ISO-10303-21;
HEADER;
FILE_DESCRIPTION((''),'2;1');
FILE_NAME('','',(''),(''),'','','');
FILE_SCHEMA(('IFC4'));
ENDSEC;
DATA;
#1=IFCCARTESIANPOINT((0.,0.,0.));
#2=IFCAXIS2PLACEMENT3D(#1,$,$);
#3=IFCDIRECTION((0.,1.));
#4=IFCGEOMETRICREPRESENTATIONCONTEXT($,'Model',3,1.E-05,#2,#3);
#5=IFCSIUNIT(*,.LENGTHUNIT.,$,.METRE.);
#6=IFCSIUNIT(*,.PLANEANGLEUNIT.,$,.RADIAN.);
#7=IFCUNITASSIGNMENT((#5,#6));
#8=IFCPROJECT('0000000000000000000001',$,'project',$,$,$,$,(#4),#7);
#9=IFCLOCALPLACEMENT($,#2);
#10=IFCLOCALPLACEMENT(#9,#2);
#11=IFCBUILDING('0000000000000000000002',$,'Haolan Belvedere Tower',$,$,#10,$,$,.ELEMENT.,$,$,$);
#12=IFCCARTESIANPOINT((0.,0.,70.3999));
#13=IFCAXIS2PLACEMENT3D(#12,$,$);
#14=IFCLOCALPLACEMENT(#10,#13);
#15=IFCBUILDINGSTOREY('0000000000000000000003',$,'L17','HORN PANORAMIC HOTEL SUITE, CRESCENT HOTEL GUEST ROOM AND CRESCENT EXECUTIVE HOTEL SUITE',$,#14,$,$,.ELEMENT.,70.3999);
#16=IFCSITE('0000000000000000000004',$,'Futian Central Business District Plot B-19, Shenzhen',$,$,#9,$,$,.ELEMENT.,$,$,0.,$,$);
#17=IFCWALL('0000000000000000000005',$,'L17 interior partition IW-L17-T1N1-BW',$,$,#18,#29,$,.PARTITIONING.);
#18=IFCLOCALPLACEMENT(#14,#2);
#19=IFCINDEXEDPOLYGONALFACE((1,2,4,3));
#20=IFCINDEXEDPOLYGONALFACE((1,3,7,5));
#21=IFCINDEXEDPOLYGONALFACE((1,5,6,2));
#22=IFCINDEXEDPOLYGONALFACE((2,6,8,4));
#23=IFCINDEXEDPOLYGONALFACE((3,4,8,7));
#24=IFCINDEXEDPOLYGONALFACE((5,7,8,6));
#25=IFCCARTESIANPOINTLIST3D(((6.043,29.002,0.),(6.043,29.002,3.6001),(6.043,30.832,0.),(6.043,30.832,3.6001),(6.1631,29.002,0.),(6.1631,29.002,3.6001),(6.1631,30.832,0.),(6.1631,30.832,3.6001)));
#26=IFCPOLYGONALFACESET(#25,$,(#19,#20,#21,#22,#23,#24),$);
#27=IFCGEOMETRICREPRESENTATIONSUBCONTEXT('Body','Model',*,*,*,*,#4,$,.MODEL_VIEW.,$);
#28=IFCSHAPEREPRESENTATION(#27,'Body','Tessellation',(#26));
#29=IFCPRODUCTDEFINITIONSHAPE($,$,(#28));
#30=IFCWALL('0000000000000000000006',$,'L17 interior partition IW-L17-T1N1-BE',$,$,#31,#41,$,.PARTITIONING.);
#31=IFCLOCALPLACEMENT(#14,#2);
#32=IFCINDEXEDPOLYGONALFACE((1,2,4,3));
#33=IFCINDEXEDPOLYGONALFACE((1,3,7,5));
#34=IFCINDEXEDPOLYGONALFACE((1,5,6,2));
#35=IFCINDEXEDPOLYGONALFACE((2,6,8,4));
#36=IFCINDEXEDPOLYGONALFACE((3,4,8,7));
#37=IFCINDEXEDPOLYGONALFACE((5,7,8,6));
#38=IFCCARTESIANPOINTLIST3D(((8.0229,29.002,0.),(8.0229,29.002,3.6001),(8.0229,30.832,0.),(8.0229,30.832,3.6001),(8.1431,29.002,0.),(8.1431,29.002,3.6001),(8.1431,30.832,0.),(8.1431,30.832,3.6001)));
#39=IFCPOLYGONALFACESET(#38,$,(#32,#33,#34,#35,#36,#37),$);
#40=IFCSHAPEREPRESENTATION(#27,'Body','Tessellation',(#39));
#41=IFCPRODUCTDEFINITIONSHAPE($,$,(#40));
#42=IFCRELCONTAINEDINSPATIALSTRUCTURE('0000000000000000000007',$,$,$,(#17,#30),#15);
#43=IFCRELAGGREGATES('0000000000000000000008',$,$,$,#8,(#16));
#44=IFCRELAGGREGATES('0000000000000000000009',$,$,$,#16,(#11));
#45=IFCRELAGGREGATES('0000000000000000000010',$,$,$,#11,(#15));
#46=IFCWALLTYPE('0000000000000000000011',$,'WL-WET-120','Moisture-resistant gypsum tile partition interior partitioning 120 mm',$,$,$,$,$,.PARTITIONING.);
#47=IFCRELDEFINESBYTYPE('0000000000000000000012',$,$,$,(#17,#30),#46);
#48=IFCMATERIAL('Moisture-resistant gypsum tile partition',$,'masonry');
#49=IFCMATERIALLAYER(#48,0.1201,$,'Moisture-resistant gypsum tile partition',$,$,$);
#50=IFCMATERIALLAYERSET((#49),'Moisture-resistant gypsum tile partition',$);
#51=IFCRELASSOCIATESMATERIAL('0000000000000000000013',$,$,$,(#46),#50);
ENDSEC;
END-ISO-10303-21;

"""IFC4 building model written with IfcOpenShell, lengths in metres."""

from ifc_helpers import new_model, si_unit, direction, frame, frame_2d, origin, place, context, subcontext, project, spatial, rectangle, extrude, material, layer, layer_set, type_object, element, save


model = new_model("IFC4")

# Units and contexts
model_context = context("Model", 3, precision=1e-05, world=origin(), true_north=direction((0.0, 1.0)))
body_context = subcontext(model_context, "Body", "Model", "MODEL_VIEW")
ifc_project = project(units=[si_unit("LENGTHUNIT", "METRE"), si_unit("PLANEANGLEUNIT", "RADIAN")], contexts=[model_context])

# Site, building, storey
site_placement = place(None, origin())
site = spatial("IfcSite", under=ifc_project, at=site_placement, Name="Futian Central Business District Plot B-19, Shenzhen", CompositionType="ELEMENT", RefElevation=0.0)
building_placement = place(site_placement, origin())
building = spatial("IfcBuilding", under=site, at=building_placement, Name="Haolan Belvedere Tower", CompositionType="ELEMENT")
storey_placement = place(building_placement, frame((0.0, 0.0, 70.3999)))
storey = spatial("IfcBuildingStorey", under=building, at=storey_placement, Name="L17", Description="HORN PANORAMIC HOTEL SUITE, CRESCENT HOTEL GUEST ROOM AND CRESCENT EXECUTIVE HOTEL SUITE", CompositionType="ELEMENT", Elevation=70.3999)

# Shared definitions
ifc_material_1 = material(Name="Moisture-resistant gypsum tile partition", Category="masonry")
ifc_layer_1 = layer(ifc_material_1, 0.1201, Name="Moisture-resistant gypsum tile partition")
ifc_layer_set_1 = layer_set([ifc_layer_1], Name="Moisture-resistant gypsum tile partition")
wall_type_1 = type_object("IfcWallType", Name="WL-WET-120", Description="Moisture-resistant gypsum tile partition interior partitioning 120 mm", PredefinedType="PARTITIONING", material=ifc_layer_set_1)

# Walls
for number, where, z_axis, x_axis, name in (
    (1, (6.103, 29.002, 0.0), (0.0, 0.0, 1.0), (0.0, 1.0, 0.0), "L17 interior partition IW-L17-T1N1-BW"),
    (2, (8.083, 29.002, 0.0), (0.0, 0.0, 1.0), (0.0, 1.0, 0.0), "L17 interior partition IW-L17-T1N1-BE"),
):
    element("IfcWall", number, at=place(storey_placement, frame(where, z_axis=z_axis, x_axis=x_axis)), inside=storey, type_object=wall_type_1, Name=name, PredefinedType="PARTITIONING", context=body_context, shape_type="SweptSolid", body=[
        extrude(rectangle(XDim=1.8301, YDim=0.1201, at=frame_2d((0.915, 0.0))), origin(), (0.0, 0.0, 1.0), 3.6001),
    ])

save(model, "model.ifc")
